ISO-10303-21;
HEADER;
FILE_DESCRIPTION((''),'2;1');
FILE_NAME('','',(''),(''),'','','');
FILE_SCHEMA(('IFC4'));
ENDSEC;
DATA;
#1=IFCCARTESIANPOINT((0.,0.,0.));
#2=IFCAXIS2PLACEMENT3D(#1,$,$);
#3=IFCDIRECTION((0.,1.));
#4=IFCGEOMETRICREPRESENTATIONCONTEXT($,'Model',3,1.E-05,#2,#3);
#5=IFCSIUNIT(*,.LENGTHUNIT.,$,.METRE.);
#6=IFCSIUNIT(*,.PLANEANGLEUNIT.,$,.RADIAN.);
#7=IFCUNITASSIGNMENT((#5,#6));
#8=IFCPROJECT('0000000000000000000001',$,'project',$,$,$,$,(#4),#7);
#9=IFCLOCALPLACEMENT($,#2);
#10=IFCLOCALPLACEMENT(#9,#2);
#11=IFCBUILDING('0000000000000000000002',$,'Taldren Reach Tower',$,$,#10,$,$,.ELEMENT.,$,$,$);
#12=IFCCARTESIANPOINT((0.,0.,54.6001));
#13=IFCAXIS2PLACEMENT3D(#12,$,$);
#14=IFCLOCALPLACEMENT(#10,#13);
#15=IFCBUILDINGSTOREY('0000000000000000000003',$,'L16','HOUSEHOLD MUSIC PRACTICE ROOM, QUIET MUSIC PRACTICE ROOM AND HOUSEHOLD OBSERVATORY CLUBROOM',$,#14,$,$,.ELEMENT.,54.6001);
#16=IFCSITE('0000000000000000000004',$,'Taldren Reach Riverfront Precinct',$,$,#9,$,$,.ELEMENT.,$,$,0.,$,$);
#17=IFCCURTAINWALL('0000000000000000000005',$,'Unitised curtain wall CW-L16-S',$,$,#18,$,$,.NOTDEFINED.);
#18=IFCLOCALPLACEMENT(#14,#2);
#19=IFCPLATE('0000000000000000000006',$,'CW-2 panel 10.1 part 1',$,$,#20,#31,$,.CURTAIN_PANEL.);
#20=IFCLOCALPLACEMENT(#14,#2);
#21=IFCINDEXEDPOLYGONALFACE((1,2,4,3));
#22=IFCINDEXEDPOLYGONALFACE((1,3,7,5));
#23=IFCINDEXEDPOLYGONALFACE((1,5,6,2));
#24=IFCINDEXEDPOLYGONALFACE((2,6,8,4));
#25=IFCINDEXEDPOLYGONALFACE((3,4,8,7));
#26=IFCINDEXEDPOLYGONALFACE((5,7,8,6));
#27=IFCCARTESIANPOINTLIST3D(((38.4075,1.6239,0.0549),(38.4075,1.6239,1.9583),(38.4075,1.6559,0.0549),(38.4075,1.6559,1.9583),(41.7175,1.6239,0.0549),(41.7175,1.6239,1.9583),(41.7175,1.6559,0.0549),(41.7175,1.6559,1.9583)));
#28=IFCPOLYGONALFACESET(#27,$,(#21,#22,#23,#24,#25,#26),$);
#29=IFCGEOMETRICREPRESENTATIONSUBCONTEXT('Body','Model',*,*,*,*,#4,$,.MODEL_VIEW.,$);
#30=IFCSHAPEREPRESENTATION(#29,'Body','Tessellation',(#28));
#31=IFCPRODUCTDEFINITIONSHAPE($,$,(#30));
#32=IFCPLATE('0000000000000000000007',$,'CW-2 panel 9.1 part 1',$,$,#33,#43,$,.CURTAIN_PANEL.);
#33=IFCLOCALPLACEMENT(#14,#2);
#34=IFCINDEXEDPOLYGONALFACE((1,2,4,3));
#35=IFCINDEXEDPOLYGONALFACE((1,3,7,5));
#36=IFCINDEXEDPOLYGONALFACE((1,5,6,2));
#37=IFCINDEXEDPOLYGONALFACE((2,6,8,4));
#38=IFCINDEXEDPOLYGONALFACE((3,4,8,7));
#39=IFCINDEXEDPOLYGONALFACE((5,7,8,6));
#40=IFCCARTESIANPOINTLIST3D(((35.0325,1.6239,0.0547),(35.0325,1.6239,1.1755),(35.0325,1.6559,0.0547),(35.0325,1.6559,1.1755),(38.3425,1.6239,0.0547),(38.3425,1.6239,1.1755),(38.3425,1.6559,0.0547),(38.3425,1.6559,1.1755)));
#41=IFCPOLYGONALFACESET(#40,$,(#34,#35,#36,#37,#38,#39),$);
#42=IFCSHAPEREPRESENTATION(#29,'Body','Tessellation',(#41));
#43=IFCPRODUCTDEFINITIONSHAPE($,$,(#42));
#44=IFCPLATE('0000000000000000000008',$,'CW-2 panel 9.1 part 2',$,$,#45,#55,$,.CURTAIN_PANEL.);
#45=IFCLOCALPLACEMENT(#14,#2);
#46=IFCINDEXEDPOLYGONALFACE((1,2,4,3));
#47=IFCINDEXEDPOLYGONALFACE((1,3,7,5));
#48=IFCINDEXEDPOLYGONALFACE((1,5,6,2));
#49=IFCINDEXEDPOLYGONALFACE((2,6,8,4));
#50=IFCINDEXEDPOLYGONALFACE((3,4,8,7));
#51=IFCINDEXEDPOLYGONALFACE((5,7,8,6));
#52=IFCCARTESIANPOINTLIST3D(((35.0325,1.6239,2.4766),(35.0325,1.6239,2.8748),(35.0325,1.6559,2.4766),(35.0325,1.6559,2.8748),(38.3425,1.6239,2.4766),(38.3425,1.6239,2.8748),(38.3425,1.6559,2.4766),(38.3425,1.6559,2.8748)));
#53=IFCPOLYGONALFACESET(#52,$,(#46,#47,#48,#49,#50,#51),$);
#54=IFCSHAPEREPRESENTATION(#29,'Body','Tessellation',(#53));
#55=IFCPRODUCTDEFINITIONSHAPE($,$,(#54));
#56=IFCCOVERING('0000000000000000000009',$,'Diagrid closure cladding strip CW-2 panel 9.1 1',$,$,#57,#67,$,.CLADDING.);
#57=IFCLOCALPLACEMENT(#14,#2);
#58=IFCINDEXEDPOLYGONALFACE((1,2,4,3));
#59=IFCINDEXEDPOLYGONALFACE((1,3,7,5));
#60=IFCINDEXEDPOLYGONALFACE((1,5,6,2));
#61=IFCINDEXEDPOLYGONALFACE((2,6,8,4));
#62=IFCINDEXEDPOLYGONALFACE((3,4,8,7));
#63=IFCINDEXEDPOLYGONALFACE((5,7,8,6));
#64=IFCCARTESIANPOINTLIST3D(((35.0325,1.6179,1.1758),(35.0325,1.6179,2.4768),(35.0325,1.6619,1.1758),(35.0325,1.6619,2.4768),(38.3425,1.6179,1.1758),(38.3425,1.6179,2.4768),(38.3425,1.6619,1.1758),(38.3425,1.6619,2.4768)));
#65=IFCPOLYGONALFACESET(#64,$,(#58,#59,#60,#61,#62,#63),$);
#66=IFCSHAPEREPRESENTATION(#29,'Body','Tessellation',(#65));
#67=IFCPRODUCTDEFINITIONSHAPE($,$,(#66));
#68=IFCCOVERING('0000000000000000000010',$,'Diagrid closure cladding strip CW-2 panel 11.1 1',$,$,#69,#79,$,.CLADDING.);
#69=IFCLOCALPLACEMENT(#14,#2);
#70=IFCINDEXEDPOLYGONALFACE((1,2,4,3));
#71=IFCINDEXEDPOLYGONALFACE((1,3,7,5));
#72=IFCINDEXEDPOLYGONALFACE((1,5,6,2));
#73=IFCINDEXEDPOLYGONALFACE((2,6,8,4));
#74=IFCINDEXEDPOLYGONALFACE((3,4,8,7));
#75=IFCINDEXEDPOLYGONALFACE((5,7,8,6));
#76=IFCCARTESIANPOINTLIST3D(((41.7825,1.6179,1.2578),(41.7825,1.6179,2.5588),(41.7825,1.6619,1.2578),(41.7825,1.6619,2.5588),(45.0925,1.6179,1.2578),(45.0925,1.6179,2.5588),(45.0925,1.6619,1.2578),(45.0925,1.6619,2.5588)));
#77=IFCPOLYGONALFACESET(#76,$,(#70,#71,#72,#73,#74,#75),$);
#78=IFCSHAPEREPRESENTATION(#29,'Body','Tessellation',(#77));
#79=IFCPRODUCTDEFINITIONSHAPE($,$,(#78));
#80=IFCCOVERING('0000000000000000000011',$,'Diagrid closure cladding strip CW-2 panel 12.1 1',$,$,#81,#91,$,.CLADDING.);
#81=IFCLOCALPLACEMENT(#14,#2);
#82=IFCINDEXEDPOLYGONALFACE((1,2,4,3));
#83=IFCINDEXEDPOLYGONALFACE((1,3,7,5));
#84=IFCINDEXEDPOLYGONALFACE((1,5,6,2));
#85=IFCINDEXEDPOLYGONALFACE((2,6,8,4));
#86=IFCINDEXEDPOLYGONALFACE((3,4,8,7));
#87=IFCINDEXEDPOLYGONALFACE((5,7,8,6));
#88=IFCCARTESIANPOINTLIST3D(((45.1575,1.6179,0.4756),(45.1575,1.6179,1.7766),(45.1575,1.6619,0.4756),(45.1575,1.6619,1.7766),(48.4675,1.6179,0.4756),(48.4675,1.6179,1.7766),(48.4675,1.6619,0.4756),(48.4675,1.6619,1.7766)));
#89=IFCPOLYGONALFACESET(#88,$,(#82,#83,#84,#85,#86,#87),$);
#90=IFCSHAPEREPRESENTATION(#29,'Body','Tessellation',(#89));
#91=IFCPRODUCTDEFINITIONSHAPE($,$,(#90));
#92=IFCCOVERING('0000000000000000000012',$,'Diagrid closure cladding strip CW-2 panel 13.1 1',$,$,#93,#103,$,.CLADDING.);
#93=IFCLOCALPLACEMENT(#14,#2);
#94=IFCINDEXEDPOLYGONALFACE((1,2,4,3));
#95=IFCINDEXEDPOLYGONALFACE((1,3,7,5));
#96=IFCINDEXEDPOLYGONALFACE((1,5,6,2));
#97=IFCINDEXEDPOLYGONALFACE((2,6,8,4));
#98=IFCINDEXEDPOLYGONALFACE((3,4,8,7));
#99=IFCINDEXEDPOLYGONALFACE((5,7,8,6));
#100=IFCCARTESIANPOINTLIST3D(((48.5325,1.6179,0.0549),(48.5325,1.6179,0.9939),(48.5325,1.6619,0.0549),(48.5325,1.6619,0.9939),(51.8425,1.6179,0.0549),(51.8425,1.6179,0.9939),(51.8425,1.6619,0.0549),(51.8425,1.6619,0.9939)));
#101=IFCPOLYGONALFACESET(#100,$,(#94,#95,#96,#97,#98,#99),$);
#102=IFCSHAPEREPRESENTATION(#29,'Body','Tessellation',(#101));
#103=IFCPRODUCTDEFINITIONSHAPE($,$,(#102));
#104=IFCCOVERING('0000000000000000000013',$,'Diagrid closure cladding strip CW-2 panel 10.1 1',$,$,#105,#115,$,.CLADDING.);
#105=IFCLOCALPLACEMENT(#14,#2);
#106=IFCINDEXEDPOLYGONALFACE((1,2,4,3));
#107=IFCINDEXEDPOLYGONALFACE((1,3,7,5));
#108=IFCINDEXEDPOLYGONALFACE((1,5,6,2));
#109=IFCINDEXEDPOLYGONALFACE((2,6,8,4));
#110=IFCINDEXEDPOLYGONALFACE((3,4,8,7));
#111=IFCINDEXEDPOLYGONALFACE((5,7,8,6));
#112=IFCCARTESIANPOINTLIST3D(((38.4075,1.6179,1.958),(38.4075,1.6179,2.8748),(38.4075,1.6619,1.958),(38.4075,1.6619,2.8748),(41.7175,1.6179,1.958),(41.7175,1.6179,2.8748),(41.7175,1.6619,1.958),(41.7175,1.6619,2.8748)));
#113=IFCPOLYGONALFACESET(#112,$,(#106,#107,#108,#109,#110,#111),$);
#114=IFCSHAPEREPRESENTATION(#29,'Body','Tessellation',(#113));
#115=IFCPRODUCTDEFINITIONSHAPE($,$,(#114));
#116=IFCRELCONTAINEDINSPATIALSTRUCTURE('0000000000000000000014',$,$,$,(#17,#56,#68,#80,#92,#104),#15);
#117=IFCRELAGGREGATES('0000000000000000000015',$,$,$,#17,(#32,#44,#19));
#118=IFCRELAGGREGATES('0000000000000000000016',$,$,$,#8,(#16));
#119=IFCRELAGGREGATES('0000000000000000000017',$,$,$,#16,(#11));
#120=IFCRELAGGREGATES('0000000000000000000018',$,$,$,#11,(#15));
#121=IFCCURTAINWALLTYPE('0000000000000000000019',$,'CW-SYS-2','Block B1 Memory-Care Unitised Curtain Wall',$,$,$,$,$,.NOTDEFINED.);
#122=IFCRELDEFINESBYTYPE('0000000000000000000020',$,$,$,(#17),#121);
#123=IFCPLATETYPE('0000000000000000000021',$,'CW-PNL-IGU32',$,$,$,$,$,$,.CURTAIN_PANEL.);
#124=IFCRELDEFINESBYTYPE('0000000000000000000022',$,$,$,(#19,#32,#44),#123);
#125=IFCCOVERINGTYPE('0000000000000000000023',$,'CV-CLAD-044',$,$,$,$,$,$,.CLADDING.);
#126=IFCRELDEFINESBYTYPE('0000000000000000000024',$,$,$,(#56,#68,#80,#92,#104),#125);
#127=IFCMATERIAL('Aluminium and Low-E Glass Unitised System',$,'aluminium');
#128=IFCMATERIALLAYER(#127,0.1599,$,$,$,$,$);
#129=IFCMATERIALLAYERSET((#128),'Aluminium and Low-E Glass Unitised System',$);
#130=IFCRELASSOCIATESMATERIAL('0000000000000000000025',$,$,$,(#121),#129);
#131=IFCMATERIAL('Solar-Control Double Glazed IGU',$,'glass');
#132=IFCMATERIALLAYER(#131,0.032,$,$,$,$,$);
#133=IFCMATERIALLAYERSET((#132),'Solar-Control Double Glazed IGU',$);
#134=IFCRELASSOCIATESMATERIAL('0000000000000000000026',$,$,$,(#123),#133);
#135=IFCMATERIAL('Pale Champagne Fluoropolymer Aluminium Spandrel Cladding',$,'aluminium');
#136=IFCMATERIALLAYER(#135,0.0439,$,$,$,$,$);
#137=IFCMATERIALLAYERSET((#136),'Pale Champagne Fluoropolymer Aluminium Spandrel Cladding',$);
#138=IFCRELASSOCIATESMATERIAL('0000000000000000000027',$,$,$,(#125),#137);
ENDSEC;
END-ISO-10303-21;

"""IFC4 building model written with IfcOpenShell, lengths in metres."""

from ifc_helpers import new_model, si_unit, direction, frame, origin, origin_2d, place, context, subcontext, project, spatial, rectangle, extrude, source, transform, mapped, material, layer, layer_set, type_object, element, aggregate, save


model = new_model("IFC4")

# Units and contexts
model_context = context("Model", 3, precision=1e-05, world=origin(), true_north=direction((0.0, 1.0)))
body_context = subcontext(model_context, "Body", "Model", "MODEL_VIEW")
ifc_project = project(units=[si_unit("LENGTHUNIT", "METRE"), si_unit("PLANEANGLEUNIT", "RADIAN")], contexts=[model_context])

# Site, building, storey
site_placement = place(None, origin())
site = spatial("IfcSite", under=ifc_project, at=site_placement, Name="Taldren Reach Riverfront Precinct", CompositionType="ELEMENT", RefElevation=0.0)
building_placement = place(site_placement, origin())
building = spatial("IfcBuilding", under=site, at=building_placement, Name="Taldren Reach Tower", CompositionType="ELEMENT")
storey_placement = place(building_placement, frame((0.0, 0.0, 54.6001)))
storey = spatial("IfcBuildingStorey", under=building, at=storey_placement, Name="L16", Description="HOUSEHOLD MUSIC PRACTICE ROOM, QUIET MUSIC PRACTICE ROOM AND HOUSEHOLD OBSERVATORY CLUBROOM", CompositionType="ELEMENT", Elevation=54.6001)

# Curtain wall
ifc_material_1 = material(Name="Aluminium and Low-E Glass Unitised System", Category="aluminium")
ifc_layer_1 = layer(ifc_material_1, 0.1599)
ifc_layer_set_1 = layer_set([ifc_layer_1], Name="Aluminium and Low-E Glass Unitised System")
curtain_wall_type = type_object("IfcCurtainWallType", Name="CW-SYS-2", Description="Block B1 Memory-Care Unitised Curtain Wall", PredefinedType="NOTDEFINED", material=ifc_layer_set_1)
curtain_wall_placement = place(storey_placement, origin())
curtain_wall = element("IfcCurtainWall", 1, at=curtain_wall_placement, inside=storey, type_object=curtain_wall_type, Name="Unitised curtain wall CW-L16-S", PredefinedType="NOTDEFINED")

# Plates
ifc_material_2 = material(Name="Solar-Control Double Glazed IGU", Category="glass")
ifc_layer_2 = layer(ifc_material_2, 0.032)
ifc_layer_set_2 = layer_set([ifc_layer_2], Name="Solar-Control Double Glazed IGU")
plate_type_1 = type_object("IfcPlateType", Name="CW-PNL-IGU32", PredefinedType="CURTAIN_PANEL", material=ifc_layer_set_2)
shared_shape_1 = source(origin(), body_context, "Body", "SweptSolid", [
    extrude(rectangle(XDim=3.3101, YDim=0.032, at=origin_2d()), origin(), (0.0, 0.0, 1.0), 1.9033),
])
plate_1_placement = place(storey_placement, frame((40.0625, 1.6399, 0.0549), z_axis=(0.0, 0.0, 1.0), x_axis=(1.0, 0.0, 0.0)))
plate_1 = element("IfcPlate", 2, at=plate_1_placement, type_object=plate_type_1, Name="CW-2 panel 10.1 part 1", PredefinedType="CURTAIN_PANEL", context=body_context, shape_type="MappedRepresentation", body=[
    mapped(shared_shape_1, transform((0.0, 0.0, 0.0), scale=1.0)),
])
shared_shape_2 = source(origin(), body_context, "Body", "SweptSolid", [
    extrude(rectangle(XDim=3.3101, YDim=0.032, at=origin_2d()), origin(), (0.0, 0.0, 1.0), 1.1208),
])
plate_2_placement = place(storey_placement, frame((36.6875, 1.6399, 0.0547), z_axis=(0.0, 0.0, 1.0), x_axis=(1.0, 0.0, 0.0)))
plate_2 = element("IfcPlate", 3, at=plate_2_placement, type_object=plate_type_1, Name="CW-2 panel 9.1 part 1", PredefinedType="CURTAIN_PANEL", context=body_context, shape_type="MappedRepresentation", body=[
    mapped(shared_shape_2, transform((0.0, 0.0, 0.0), scale=1.0)),
])
shared_shape_3 = source(origin(), body_context, "Body", "SweptSolid", [
    extrude(rectangle(XDim=3.3101, YDim=0.032, at=origin_2d()), origin(), (0.0, 0.0, 1.0), 0.3982),
])
plate_3_placement = place(storey_placement, frame((36.6875, 1.6399, 2.4766), z_axis=(0.0, 0.0, 1.0), x_axis=(1.0, 0.0, 0.0)))
plate_3 = element("IfcPlate", 4, at=plate_3_placement, type_object=plate_type_1, Name="CW-2 panel 9.1 part 2", PredefinedType="CURTAIN_PANEL", context=body_context, shape_type="MappedRepresentation", body=[
    mapped(shared_shape_3, transform((0.0, 0.0, 0.0), scale=1.0)),
])
aggregate(curtain_wall, [plate_2, plate_3, plate_1])

# Coverings
ifc_material_3 = material(Name="Pale Champagne Fluoropolymer Aluminium Spandrel Cladding", Category="aluminium")
ifc_layer_3 = layer(ifc_material_3, 0.0439)
ifc_layer_set_3 = layer_set([ifc_layer_3], Name="Pale Champagne Fluoropolymer Aluminium Spandrel Cladding")
covering_type = type_object("IfcCoveringType", Name="CV-CLAD-044", PredefinedType="CLADDING", material=ifc_layer_set_3)
shared_shape_4 = source(origin(), body_context, "Body", "SweptSolid", [
    extrude(rectangle(XDim=3.3101, YDim=0.0439, at=origin_2d()), origin(), (0.0, 0.0, 1.0), 1.301),
])
for number, where, z_axis, x_axis, name in (
    (5, (36.6875, 1.6399, 1.1758), (0.0, 0.0, 1.0), (1.0, 0.0, 0.0), "Diagrid closure cladding strip CW-2 panel 9.1 1"),
    (6, (43.4375, 1.6399, 1.2578), (0.0, 0.0, 1.0), (1.0, 0.0, 0.0), "Diagrid closure cladding strip CW-2 panel 11.1 1"),
    (7, (46.8125, 1.6399, 0.4756), (0.0, 0.0, 1.0), (1.0, 0.0, 0.0), "Diagrid closure cladding strip CW-2 panel 12.1 1"),
):
    element("IfcCovering", number, at=place(storey_placement, frame(where, z_axis=z_axis, x_axis=x_axis)), inside=storey, type_object=covering_type, Name=name, PredefinedType="CLADDING", context=body_context, shape_type="MappedRepresentation", body=[
        mapped(shared_shape_4, transform((0.0, 0.0, 0.0), scale=1.0)),
    ])
shared_shape_5 = source(origin(), body_context, "Body", "SweptSolid", [
    extrude(rectangle(XDim=3.3101, YDim=0.0439, at=origin_2d()), origin(), (0.0, 0.0, 1.0), 0.939),
])
covering_1_placement = place(storey_placement, frame((50.1875, 1.6399, 0.0549), z_axis=(0.0, 0.0, 1.0), x_axis=(1.0, 0.0, 0.0)))
element("IfcCovering", 8, at=covering_1_placement, inside=storey, type_object=covering_type, Name="Diagrid closure cladding strip CW-2 panel 13.1 1", PredefinedType="CLADDING", context=body_context, shape_type="MappedRepresentation", body=[
    mapped(shared_shape_5, transform((0.0, 0.0, 0.0), scale=1.0)),
])
shared_shape_6 = source(origin(), body_context, "Body", "SweptSolid", [
    extrude(rectangle(XDim=3.3101, YDim=0.0439, at=origin_2d()), origin(), (0.0, 0.0, 1.0), 0.9167),
])
covering_2_placement = place(storey_placement, frame((40.0625, 1.6399, 1.958), z_axis=(0.0, 0.0, 1.0), x_axis=(1.0, 0.0, 0.0)))
element("IfcCovering", 9, at=covering_2_placement, inside=storey, type_object=covering_type, Name="Diagrid closure cladding strip CW-2 panel 10.1 1", PredefinedType="CLADDING", context=body_context, shape_type="MappedRepresentation", body=[
    mapped(shared_shape_6, transform((0.0, 0.0, 0.0), scale=1.0)),
])

save(model, "model.ifc")
